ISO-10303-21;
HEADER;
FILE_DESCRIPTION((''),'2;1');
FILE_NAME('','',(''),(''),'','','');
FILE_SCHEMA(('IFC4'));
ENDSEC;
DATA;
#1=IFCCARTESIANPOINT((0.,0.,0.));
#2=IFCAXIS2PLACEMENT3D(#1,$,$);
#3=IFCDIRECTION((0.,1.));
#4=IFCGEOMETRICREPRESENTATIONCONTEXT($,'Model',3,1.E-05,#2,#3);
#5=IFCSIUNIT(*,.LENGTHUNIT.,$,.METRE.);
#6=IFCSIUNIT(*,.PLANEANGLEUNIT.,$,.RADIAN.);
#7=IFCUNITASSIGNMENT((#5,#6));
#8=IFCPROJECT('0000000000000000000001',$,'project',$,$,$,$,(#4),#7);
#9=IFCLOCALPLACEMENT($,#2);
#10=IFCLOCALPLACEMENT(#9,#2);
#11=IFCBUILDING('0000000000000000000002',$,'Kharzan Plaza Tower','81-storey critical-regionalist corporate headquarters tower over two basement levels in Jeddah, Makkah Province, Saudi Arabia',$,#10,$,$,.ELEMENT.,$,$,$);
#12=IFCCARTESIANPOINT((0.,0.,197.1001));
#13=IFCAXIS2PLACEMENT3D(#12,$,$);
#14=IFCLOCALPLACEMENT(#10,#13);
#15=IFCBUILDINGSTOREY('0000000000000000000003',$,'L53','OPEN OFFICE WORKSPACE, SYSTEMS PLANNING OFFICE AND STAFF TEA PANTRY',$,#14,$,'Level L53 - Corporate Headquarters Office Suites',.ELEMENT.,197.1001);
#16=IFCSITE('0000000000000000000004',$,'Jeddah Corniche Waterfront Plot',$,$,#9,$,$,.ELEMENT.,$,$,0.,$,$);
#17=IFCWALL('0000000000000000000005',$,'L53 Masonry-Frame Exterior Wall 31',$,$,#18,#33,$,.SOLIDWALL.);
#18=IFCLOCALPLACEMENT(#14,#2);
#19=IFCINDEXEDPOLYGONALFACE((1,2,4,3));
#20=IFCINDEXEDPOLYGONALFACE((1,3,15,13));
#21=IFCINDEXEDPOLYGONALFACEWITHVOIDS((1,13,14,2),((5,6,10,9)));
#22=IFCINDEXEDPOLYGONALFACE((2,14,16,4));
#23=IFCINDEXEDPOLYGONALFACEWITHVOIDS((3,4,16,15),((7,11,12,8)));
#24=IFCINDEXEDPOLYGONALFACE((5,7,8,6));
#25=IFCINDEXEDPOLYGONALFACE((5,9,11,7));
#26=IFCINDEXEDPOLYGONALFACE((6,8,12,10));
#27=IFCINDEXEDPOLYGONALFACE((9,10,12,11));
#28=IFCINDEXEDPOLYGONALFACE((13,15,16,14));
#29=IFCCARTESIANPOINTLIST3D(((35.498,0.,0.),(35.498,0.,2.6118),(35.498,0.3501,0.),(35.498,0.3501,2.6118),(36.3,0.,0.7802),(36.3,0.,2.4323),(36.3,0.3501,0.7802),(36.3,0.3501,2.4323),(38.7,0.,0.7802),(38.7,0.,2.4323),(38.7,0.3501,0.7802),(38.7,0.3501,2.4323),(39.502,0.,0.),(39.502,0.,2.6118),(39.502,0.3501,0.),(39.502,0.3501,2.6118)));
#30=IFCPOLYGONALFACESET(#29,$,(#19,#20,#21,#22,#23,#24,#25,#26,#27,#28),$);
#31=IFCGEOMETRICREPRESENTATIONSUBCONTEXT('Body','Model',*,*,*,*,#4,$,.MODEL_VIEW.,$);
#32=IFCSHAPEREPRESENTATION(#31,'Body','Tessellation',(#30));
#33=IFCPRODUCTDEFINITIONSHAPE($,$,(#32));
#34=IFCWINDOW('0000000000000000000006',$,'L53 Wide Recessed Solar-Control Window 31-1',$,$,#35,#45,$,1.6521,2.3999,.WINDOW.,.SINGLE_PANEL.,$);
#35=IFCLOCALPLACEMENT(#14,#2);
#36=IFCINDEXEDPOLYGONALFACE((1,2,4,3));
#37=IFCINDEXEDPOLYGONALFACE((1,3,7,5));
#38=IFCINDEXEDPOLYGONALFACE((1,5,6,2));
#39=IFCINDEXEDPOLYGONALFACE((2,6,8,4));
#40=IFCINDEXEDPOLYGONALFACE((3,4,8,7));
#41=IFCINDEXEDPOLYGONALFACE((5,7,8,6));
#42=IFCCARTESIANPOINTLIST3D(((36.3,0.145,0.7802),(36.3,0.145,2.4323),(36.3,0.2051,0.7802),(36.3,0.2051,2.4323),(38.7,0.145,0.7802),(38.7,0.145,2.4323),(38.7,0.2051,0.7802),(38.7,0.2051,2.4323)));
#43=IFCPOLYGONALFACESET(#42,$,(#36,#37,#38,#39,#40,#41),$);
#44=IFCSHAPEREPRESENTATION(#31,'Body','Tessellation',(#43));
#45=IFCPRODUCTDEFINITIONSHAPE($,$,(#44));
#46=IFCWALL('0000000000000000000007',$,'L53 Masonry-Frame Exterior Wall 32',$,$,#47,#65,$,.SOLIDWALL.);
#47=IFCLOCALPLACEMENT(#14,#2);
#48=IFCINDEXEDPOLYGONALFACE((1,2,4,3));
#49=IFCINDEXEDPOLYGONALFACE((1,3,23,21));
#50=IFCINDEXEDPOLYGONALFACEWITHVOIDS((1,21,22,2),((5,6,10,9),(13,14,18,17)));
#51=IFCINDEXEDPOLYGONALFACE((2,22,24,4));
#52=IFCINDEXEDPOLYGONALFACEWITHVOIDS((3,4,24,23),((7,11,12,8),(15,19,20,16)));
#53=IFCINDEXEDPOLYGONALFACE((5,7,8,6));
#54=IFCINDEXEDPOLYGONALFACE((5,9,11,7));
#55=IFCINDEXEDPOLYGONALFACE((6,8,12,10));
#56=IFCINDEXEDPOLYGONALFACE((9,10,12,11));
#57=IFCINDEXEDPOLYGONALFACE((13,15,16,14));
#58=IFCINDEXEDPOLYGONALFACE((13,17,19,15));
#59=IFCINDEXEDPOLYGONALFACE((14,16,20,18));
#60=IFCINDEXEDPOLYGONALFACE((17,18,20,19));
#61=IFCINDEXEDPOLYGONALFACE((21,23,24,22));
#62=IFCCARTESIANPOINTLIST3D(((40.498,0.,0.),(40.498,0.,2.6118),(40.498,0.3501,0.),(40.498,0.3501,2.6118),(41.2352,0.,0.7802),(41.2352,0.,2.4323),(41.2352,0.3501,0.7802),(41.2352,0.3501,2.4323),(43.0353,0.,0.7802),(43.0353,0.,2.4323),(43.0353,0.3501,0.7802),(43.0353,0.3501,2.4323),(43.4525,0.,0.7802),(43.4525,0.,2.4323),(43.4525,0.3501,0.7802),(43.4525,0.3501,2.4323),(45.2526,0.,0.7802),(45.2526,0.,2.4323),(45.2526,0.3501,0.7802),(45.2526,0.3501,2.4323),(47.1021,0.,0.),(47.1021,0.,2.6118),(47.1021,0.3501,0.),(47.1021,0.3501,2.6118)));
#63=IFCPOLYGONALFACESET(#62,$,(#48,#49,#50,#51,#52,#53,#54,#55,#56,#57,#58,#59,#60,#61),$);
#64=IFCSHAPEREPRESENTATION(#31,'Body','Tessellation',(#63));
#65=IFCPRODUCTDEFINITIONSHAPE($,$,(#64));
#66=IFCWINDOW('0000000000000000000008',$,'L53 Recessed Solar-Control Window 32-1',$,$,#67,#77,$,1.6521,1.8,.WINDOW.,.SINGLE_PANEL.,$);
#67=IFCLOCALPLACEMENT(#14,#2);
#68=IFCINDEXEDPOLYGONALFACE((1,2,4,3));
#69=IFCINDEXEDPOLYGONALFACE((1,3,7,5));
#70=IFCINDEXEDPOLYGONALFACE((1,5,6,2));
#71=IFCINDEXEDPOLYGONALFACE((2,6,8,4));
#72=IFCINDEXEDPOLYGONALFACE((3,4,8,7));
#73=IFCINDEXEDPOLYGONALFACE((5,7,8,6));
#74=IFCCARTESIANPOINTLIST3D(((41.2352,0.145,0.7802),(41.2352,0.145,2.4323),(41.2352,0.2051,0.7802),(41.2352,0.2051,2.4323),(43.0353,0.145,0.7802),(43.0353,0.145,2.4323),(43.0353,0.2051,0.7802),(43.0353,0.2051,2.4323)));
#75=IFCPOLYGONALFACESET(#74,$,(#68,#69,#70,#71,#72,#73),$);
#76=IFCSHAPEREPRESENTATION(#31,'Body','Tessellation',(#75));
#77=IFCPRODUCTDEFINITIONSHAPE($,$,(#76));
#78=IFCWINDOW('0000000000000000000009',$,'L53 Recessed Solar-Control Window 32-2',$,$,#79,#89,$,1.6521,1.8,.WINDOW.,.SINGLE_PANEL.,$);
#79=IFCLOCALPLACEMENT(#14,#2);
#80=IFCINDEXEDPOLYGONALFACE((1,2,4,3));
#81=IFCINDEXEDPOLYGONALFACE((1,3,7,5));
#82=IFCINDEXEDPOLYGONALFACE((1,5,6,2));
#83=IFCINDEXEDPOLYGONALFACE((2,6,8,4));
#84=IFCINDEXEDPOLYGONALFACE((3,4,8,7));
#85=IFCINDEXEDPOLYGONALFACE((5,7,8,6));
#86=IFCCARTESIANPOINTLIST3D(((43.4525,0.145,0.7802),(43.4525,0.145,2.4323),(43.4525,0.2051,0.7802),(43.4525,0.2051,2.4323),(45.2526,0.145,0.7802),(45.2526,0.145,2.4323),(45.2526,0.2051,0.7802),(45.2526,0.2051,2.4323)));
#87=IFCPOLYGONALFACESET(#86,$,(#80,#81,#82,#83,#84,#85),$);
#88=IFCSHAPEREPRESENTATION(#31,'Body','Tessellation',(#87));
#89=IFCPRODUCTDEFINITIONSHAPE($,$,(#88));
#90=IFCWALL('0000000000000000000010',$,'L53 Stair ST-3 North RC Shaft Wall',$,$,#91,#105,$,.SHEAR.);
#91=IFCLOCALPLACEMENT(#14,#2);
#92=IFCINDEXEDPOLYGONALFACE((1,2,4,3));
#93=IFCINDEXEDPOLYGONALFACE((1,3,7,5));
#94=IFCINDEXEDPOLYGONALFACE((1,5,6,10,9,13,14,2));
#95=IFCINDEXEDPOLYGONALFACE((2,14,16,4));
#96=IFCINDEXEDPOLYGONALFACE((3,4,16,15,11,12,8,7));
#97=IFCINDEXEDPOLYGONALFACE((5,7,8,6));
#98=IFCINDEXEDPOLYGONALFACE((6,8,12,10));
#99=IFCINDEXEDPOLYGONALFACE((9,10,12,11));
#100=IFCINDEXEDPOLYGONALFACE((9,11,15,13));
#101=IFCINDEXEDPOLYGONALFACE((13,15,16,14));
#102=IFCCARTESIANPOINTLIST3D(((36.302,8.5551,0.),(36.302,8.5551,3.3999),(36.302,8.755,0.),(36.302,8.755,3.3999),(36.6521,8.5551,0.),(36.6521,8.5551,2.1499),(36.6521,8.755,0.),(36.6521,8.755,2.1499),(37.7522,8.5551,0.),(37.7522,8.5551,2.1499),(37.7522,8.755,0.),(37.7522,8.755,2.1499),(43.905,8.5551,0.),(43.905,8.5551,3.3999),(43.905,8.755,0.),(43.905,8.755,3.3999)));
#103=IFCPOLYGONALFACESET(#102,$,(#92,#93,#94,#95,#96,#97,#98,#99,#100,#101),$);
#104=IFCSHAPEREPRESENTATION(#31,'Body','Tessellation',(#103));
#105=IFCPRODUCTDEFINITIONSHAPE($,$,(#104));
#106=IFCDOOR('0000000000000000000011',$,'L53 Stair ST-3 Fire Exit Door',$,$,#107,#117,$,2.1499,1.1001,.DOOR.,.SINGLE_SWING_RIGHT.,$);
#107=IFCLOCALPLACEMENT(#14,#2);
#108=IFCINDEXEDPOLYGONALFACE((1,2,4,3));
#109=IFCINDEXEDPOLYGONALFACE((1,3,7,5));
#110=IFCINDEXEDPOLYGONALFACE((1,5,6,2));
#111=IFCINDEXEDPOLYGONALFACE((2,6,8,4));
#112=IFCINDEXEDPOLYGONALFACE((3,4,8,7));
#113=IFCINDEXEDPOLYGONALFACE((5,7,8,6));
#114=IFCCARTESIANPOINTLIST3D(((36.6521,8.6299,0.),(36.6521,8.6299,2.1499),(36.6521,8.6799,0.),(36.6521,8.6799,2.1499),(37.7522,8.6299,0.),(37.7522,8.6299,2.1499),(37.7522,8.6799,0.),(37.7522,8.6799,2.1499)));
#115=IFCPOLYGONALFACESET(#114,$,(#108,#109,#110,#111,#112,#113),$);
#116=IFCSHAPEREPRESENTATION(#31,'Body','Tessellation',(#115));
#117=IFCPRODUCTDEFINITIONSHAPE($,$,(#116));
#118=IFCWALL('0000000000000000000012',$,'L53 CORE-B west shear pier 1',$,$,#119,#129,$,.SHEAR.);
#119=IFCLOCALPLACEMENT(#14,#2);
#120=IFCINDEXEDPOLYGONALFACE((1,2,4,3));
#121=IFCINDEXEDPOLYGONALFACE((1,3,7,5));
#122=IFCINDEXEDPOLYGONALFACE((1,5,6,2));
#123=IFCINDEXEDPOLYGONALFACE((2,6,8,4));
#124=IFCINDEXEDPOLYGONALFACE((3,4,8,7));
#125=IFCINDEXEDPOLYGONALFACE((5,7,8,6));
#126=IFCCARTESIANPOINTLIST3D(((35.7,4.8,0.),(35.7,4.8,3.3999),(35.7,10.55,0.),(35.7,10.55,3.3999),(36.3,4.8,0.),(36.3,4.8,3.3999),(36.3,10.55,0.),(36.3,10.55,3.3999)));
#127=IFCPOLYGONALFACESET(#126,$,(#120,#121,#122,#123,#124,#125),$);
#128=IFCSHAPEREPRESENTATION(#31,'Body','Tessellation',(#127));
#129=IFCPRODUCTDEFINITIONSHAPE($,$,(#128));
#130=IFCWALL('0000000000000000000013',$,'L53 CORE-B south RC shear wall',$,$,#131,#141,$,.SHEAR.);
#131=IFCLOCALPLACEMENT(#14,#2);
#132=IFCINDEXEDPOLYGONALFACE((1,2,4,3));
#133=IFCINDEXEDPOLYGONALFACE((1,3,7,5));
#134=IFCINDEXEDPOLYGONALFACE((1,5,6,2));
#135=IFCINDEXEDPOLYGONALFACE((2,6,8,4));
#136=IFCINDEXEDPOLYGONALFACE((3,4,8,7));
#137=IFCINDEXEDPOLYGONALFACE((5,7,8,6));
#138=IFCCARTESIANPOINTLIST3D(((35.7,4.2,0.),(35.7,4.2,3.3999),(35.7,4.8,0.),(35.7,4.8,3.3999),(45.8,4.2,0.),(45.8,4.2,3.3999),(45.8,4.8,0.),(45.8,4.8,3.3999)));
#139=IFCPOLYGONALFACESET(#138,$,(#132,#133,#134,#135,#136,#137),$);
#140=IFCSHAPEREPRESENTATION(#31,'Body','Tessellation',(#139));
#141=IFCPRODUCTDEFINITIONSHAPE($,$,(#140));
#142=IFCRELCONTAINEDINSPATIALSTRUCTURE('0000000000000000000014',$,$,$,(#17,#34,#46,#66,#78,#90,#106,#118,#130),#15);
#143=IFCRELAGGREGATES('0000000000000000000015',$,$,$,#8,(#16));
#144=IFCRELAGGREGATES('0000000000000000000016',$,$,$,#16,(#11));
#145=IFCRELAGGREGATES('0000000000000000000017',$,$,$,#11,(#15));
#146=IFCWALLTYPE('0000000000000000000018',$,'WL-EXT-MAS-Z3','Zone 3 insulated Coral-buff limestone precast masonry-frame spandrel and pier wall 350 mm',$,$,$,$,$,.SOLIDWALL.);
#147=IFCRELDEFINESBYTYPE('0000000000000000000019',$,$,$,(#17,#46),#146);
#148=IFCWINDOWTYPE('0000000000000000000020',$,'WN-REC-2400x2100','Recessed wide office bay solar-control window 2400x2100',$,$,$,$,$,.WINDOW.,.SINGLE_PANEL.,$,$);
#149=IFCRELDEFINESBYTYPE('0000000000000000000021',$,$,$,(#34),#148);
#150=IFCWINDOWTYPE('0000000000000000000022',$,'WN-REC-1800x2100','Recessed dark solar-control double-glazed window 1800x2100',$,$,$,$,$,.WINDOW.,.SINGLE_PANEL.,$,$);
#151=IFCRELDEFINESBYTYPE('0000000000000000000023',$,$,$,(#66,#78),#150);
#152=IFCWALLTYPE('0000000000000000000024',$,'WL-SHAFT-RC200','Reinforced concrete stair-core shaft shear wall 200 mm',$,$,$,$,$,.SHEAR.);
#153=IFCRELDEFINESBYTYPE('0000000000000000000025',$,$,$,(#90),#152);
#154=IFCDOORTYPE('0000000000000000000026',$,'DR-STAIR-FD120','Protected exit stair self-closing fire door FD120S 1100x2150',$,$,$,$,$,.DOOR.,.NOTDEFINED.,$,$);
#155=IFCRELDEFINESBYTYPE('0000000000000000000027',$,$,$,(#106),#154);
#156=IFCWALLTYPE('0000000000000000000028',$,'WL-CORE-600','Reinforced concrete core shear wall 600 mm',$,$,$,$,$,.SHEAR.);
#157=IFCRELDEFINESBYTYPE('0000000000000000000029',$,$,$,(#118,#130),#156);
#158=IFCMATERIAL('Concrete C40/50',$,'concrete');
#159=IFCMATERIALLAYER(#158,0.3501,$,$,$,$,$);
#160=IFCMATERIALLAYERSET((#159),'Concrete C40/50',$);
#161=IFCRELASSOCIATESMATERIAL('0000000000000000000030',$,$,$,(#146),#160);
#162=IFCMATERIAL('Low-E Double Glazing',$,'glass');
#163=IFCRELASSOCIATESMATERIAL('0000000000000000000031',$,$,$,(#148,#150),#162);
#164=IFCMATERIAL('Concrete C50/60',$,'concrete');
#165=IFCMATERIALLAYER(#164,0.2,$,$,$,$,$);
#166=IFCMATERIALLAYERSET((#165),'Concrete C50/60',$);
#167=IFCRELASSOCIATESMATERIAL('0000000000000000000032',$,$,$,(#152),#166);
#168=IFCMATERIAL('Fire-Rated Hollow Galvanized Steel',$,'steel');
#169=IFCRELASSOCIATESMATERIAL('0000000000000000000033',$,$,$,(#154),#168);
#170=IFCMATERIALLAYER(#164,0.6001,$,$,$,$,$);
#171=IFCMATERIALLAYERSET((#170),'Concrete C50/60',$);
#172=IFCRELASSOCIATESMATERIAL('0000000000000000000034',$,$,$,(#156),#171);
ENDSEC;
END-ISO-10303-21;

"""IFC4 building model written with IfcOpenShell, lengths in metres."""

from ifc_helpers import new_model, si_unit, direction, frame, frame_2d, origin, place, context, subcontext, project, spatial, rectangle, extrude, source, transform, mapped, material, layer, layer_set, type_object, element, fill, save


model = new_model("IFC4")

# Units and contexts
model_context = context("Model", 3, precision=1e-05, world=origin(), true_north=direction((0.0, 1.0)))
body_context = subcontext(model_context, "Body", "Model", "MODEL_VIEW")
ifc_project = project(units=[si_unit("LENGTHUNIT", "METRE"), si_unit("PLANEANGLEUNIT", "RADIAN")], contexts=[model_context])

# Site, building, storey
site_placement = place(None, origin())
site = spatial("IfcSite", under=ifc_project, at=site_placement, Name="Jeddah Corniche Waterfront Plot", CompositionType="ELEMENT", RefElevation=0.0)
building_placement = place(site_placement, origin())
building = spatial("IfcBuilding", under=site, at=building_placement, Name="Kharzan Plaza Tower", Description="81-storey critical-regionalist corporate headquarters tower over two basement levels in Jeddah, Makkah Province, Saudi Arabia", CompositionType="ELEMENT")
storey_placement = place(building_placement, frame((0.0, 0.0, 197.1001)))
storey = spatial("IfcBuildingStorey", under=building, at=storey_placement, Name="L53", Description="OPEN OFFICE WORKSPACE, SYSTEMS PLANNING OFFICE AND STAFF TEA PANTRY", LongName="Level L53 - Corporate Headquarters Office Suites", CompositionType="ELEMENT", Elevation=197.1001)

# Shared definitions
ifc_material_1 = material(Name="Concrete C50/60", Category="concrete")

# Wall, opening, window
ifc_material_2 = material(Name="Concrete C40/50", Category="concrete")
ifc_layer_1 = layer(ifc_material_2, 0.3501)
ifc_layer_set_1 = layer_set([ifc_layer_1], Name="Concrete C40/50")
wall_type_1 = type_object("IfcWallType", Name="WL-EXT-MAS-Z3", Description="Zone 3 insulated Coral-buff limestone precast masonry-frame spandrel and pier wall 350 mm", PredefinedType="SOLIDWALL", material=ifc_layer_set_1)
wall_1_placement = place(storey_placement, frame((35.498, 0.175, 0.0), z_axis=(0.0, 0.0, 1.0), x_axis=(1.0, 0.0, 0.0)))
wall_1 = element("IfcWall", 1, at=wall_1_placement, inside=storey, type_object=wall_type_1, Name="L53 Masonry-Frame Exterior Wall 31", PredefinedType="SOLIDWALL", context=body_context, shape_type="SweptSolid", body=[
    extrude(rectangle(XDim=4.0039, YDim=0.3501, at=frame_2d((2.002, 0.0))), origin(), (0.0, 0.0, 1.0), 2.6118),
])
opening_1_placement = place(wall_1_placement, frame((0.802, 0.0, 0.78)))
opening_1 = element("IfcOpeningElement", 2, at=opening_1_placement, cuts=wall_1, PredefinedType="OPENING", context=body_context, shape_type="SweptSolid", body=[
    extrude(rectangle(XDim=2.3999, YDim=1.6521, at=frame_2d((1.2, 0.8262))), frame((0.0, 0.1851, 0.0), z_axis=(0.0, -1.0, 0.0), x_axis=(1.0, 0.0, 0.0)), (0.0, 0.0, 1.0), 0.3701),
])
ifc_material_3 = material(Name="Low-E Double Glazing", Category="glass")
window_type_1 = type_object("IfcWindowType", Name="WN-REC-2400x2100", Description="Recessed wide office bay solar-control window 2400x2100", PartitioningType="SINGLE_PANEL", PredefinedType="WINDOW", material=ifc_material_3)
shared_shape_1 = source(origin(), body_context, "Body", "SweptSolid", [
    extrude(rectangle(XDim=2.3999, YDim=1.6521, at=frame_2d((1.2, 0.8262))), frame((0.0, 0.03, 0.0), z_axis=(0.0, -1.0, 0.0), x_axis=(1.0, 0.0, 0.0)), (0.0, 0.0, 1.0), 0.0601),
])
window_1_placement = place(opening_1_placement, origin())
window_1 = element("IfcWindow", 3, at=window_1_placement, inside=storey, type_object=window_type_1, Name="L53 Wide Recessed Solar-Control Window 31-1", OverallHeight=1.6521, OverallWidth=2.3999, PartitioningType="SINGLE_PANEL", PredefinedType="WINDOW", context=body_context, shape_type="MappedRepresentation", body=[
    mapped(shared_shape_1, transform((0.0, 0.0, 0.0), x_axis=(1.0, 0.0, 0.0), y_axis=(0.0, 1.0, 0.0), z_axis=(0.0, 0.0, 1.0))),
])
fill(opening_1, window_1)

# Wall, openings, windows
wall_2_placement = place(storey_placement, frame((40.498, 0.175, 0.0), z_axis=(0.0, 0.0, 1.0), x_axis=(1.0, 0.0, 0.0)))
wall_2 = element("IfcWall", 4, at=wall_2_placement, inside=storey, type_object=wall_type_1, Name="L53 Masonry-Frame Exterior Wall 32", PredefinedType="SOLIDWALL", context=body_context, shape_type="SweptSolid", body=[
    extrude(rectangle(XDim=6.604, YDim=0.3501, at=frame_2d((3.302, 0.0))), origin(), (0.0, 0.0, 1.0), 2.6118),
])
opening_2_placement = place(wall_2_placement, frame((0.7373, 0.0, 0.78)))
opening_2 = element("IfcOpeningElement", 5, at=opening_2_placement, cuts=wall_2, PredefinedType="OPENING", context=body_context, shape_type="SweptSolid", body=[
    extrude(rectangle(XDim=1.8, YDim=1.6521, at=frame_2d((0.8999, 0.8262))), frame((0.0, 0.1851, 0.0), z_axis=(0.0, -1.0, 0.0), x_axis=(1.0, 0.0, 0.0)), (0.0, 0.0, 1.0), 0.3701),
])
opening_3_placement = place(wall_2_placement, frame((2.9546, 0.0, 0.78)))
opening_3 = element("IfcOpeningElement", 6, at=opening_3_placement, cuts=wall_2, PredefinedType="OPENING", context=body_context, shape_type="SweptSolid", body=[
    extrude(rectangle(XDim=1.8, YDim=1.6521, at=frame_2d((0.8999, 0.8262))), frame((0.0, 0.1851, 0.0), z_axis=(0.0, -1.0, 0.0), x_axis=(1.0, 0.0, 0.0)), (0.0, 0.0, 1.0), 0.3701),
])
window_type_2 = type_object("IfcWindowType", Name="WN-REC-1800x2100", Description="Recessed dark solar-control double-glazed window 1800x2100", PartitioningType="SINGLE_PANEL", PredefinedType="WINDOW", material=ifc_material_3)
shared_shape_2 = source(origin(), body_context, "Body", "SweptSolid", [
    extrude(rectangle(XDim=1.8, YDim=1.6521, at=frame_2d((0.8999, 0.8262))), frame((0.0, 0.03, 0.0), z_axis=(0.0, -1.0, 0.0), x_axis=(1.0, 0.0, 0.0)), (0.0, 0.0, 1.0), 0.0601),
])
window_2_placement = place(opening_2_placement, origin())
window_2 = element("IfcWindow", 7, at=window_2_placement, inside=storey, type_object=window_type_2, Name="L53 Recessed Solar-Control Window 32-1", OverallHeight=1.6521, OverallWidth=1.8, PartitioningType="SINGLE_PANEL", PredefinedType="WINDOW", context=body_context, shape_type="MappedRepresentation", body=[
    mapped(shared_shape_2, transform((0.0, 0.0, 0.0), x_axis=(1.0, 0.0, 0.0), y_axis=(0.0, 1.0, 0.0), z_axis=(0.0, 0.0, 1.0))),
])
fill(opening_2, window_2)
window_3_placement = place(opening_3_placement, origin())
window_3 = element("IfcWindow", 8, at=window_3_placement, inside=storey, type_object=window_type_2, Name="L53 Recessed Solar-Control Window 32-2", OverallHeight=1.6521, OverallWidth=1.8, PartitioningType="SINGLE_PANEL", PredefinedType="WINDOW", context=body_context, shape_type="MappedRepresentation", body=[
    mapped(shared_shape_2, transform((0.0, 0.0, 0.0), x_axis=(1.0, 0.0, 0.0), y_axis=(0.0, 1.0, 0.0), z_axis=(0.0, 0.0, 1.0))),
])
fill(opening_3, window_3)

# Wall, opening, door
ifc_layer_2 = layer(ifc_material_1, 0.2)
ifc_layer_set_2 = layer_set([ifc_layer_2], Name="Concrete C50/60")
wall_type_2 = type_object("IfcWallType", Name="WL-SHAFT-RC200", Description="Reinforced concrete stair-core shaft shear wall 200 mm", PredefinedType="SHEAR", material=ifc_layer_set_2)
wall_3_placement = place(storey_placement, frame((36.302, 8.655, 0.0), z_axis=(0.0, 0.0, 1.0), x_axis=(1.0, 0.0, 0.0)))
wall_3 = element("IfcWall", 9, at=wall_3_placement, inside=storey, type_object=wall_type_2, Name="L53 Stair ST-3 North RC Shaft Wall", PredefinedType="SHEAR", context=body_context, shape_type="SweptSolid", body=[
    extrude(rectangle(XDim=7.603, YDim=0.2, at=frame_2d((3.8015, 0.0))), origin(), (0.0, 0.0, 1.0), 3.3999),
])
opening_4_placement = place(wall_3_placement, frame((0.3501, 0.0, 0.0)))
opening_4 = element("IfcOpeningElement", 10, at=opening_4_placement, cuts=wall_3, PredefinedType="OPENING", context=body_context, shape_type="SweptSolid", body=[
    extrude(rectangle(XDim=1.1001, YDim=2.1499, at=frame_2d((0.55, 1.075))), frame((0.0, 0.1099, 0.0), z_axis=(0.0, -1.0, 0.0), x_axis=(1.0, 0.0, 0.0)), (0.0, 0.0, 1.0), 0.22),
])
ifc_material_4 = material(Name="Fire-Rated Hollow Galvanized Steel", Category="steel")
door_type = type_object("IfcDoorType", Name="DR-STAIR-FD120", Description="Protected exit stair self-closing fire door FD120S 1100x2150", OperationType="NOTDEFINED", PredefinedType="DOOR", material=ifc_material_4)
shared_shape_3 = source(origin(), body_context, "Body", "SweptSolid", [
    extrude(rectangle(XDim=1.1001, YDim=2.1499, at=frame_2d((0.55, 1.075))), frame((0.0, 0.0249, 0.0), z_axis=(0.0, -1.0, 0.0), x_axis=(1.0, 0.0, 0.0)), (0.0, 0.0, 1.0), 0.05),
])
door_placement = place(opening_4_placement, origin())
door = element("IfcDoor", 11, at=door_placement, inside=storey, type_object=door_type, Name="L53 Stair ST-3 Fire Exit Door", OperationType="SINGLE_SWING_RIGHT", OverallHeight=2.1499, OverallWidth=1.1001, PredefinedType="DOOR", context=body_context, shape_type="MappedRepresentation", body=[
    mapped(shared_shape_3, transform((0.0, 0.0, 0.0), x_axis=(1.0, 0.0, 0.0), y_axis=(0.0, 1.0, 0.0), z_axis=(0.0, 0.0, 1.0))),
])
fill(opening_4, door)

# Walls
ifc_layer_3 = layer(ifc_material_1, 0.6001)
ifc_layer_set_3 = layer_set([ifc_layer_3], Name="Concrete C50/60")
wall_type_3 = type_object("IfcWallType", Name="WL-CORE-600", Description="Reinforced concrete core shear wall 600 mm", PredefinedType="SHEAR", material=ifc_layer_set_3)
shared_shape_4 = source(origin(), body_context, "Body", "SweptSolid", [
    extrude(rectangle(XDim=5.75, YDim=0.6001, at=frame_2d((2.875, 0.0))), origin(), (0.0, 0.0, 1.0), 3.3999),
])
wall_4_placement = place(storey_placement, frame((36.0, 4.8, 0.0), z_axis=(0.0, 0.0, 1.0), x_axis=(0.0, 1.0, 0.0)))
element("IfcWall", 12, at=wall_4_placement, inside=storey, type_object=wall_type_3, Name="L53 CORE-B west shear pier 1", PredefinedType="SHEAR", context=body_context, shape_type="MappedRepresentation", body=[
    mapped(shared_shape_4, transform((0.0, 0.0, 0.0), x_axis=(1.0, 0.0, 0.0), y_axis=(0.0, 1.0, 0.0), z_axis=(0.0, 0.0, 1.0))),
])
shared_shape_5 = source(origin(), body_context, "Body", "SweptSolid", [
    extrude(rectangle(XDim=10.1001, YDim=0.6001, at=frame_2d((5.05, 0.0))), origin(), (0.0, 0.0, 1.0), 3.3999),
])
wall_5_placement = place(storey_placement, frame((35.7, 4.5, 0.0), z_axis=(0.0, 0.0, 1.0), x_axis=(1.0, 0.0, 0.0)))
element("IfcWall", 13, at=wall_5_placement, inside=storey, type_object=wall_type_3, Name="L53 CORE-B south RC shear wall", PredefinedType="SHEAR", context=body_context, shape_type="MappedRepresentation", body=[
    mapped(shared_shape_5, transform((0.0, 0.0, 0.0), x_axis=(1.0, 0.0, 0.0), y_axis=(0.0, 1.0, 0.0), z_axis=(0.0, 0.0, 1.0))),
])

save(model, "model.ifc")
